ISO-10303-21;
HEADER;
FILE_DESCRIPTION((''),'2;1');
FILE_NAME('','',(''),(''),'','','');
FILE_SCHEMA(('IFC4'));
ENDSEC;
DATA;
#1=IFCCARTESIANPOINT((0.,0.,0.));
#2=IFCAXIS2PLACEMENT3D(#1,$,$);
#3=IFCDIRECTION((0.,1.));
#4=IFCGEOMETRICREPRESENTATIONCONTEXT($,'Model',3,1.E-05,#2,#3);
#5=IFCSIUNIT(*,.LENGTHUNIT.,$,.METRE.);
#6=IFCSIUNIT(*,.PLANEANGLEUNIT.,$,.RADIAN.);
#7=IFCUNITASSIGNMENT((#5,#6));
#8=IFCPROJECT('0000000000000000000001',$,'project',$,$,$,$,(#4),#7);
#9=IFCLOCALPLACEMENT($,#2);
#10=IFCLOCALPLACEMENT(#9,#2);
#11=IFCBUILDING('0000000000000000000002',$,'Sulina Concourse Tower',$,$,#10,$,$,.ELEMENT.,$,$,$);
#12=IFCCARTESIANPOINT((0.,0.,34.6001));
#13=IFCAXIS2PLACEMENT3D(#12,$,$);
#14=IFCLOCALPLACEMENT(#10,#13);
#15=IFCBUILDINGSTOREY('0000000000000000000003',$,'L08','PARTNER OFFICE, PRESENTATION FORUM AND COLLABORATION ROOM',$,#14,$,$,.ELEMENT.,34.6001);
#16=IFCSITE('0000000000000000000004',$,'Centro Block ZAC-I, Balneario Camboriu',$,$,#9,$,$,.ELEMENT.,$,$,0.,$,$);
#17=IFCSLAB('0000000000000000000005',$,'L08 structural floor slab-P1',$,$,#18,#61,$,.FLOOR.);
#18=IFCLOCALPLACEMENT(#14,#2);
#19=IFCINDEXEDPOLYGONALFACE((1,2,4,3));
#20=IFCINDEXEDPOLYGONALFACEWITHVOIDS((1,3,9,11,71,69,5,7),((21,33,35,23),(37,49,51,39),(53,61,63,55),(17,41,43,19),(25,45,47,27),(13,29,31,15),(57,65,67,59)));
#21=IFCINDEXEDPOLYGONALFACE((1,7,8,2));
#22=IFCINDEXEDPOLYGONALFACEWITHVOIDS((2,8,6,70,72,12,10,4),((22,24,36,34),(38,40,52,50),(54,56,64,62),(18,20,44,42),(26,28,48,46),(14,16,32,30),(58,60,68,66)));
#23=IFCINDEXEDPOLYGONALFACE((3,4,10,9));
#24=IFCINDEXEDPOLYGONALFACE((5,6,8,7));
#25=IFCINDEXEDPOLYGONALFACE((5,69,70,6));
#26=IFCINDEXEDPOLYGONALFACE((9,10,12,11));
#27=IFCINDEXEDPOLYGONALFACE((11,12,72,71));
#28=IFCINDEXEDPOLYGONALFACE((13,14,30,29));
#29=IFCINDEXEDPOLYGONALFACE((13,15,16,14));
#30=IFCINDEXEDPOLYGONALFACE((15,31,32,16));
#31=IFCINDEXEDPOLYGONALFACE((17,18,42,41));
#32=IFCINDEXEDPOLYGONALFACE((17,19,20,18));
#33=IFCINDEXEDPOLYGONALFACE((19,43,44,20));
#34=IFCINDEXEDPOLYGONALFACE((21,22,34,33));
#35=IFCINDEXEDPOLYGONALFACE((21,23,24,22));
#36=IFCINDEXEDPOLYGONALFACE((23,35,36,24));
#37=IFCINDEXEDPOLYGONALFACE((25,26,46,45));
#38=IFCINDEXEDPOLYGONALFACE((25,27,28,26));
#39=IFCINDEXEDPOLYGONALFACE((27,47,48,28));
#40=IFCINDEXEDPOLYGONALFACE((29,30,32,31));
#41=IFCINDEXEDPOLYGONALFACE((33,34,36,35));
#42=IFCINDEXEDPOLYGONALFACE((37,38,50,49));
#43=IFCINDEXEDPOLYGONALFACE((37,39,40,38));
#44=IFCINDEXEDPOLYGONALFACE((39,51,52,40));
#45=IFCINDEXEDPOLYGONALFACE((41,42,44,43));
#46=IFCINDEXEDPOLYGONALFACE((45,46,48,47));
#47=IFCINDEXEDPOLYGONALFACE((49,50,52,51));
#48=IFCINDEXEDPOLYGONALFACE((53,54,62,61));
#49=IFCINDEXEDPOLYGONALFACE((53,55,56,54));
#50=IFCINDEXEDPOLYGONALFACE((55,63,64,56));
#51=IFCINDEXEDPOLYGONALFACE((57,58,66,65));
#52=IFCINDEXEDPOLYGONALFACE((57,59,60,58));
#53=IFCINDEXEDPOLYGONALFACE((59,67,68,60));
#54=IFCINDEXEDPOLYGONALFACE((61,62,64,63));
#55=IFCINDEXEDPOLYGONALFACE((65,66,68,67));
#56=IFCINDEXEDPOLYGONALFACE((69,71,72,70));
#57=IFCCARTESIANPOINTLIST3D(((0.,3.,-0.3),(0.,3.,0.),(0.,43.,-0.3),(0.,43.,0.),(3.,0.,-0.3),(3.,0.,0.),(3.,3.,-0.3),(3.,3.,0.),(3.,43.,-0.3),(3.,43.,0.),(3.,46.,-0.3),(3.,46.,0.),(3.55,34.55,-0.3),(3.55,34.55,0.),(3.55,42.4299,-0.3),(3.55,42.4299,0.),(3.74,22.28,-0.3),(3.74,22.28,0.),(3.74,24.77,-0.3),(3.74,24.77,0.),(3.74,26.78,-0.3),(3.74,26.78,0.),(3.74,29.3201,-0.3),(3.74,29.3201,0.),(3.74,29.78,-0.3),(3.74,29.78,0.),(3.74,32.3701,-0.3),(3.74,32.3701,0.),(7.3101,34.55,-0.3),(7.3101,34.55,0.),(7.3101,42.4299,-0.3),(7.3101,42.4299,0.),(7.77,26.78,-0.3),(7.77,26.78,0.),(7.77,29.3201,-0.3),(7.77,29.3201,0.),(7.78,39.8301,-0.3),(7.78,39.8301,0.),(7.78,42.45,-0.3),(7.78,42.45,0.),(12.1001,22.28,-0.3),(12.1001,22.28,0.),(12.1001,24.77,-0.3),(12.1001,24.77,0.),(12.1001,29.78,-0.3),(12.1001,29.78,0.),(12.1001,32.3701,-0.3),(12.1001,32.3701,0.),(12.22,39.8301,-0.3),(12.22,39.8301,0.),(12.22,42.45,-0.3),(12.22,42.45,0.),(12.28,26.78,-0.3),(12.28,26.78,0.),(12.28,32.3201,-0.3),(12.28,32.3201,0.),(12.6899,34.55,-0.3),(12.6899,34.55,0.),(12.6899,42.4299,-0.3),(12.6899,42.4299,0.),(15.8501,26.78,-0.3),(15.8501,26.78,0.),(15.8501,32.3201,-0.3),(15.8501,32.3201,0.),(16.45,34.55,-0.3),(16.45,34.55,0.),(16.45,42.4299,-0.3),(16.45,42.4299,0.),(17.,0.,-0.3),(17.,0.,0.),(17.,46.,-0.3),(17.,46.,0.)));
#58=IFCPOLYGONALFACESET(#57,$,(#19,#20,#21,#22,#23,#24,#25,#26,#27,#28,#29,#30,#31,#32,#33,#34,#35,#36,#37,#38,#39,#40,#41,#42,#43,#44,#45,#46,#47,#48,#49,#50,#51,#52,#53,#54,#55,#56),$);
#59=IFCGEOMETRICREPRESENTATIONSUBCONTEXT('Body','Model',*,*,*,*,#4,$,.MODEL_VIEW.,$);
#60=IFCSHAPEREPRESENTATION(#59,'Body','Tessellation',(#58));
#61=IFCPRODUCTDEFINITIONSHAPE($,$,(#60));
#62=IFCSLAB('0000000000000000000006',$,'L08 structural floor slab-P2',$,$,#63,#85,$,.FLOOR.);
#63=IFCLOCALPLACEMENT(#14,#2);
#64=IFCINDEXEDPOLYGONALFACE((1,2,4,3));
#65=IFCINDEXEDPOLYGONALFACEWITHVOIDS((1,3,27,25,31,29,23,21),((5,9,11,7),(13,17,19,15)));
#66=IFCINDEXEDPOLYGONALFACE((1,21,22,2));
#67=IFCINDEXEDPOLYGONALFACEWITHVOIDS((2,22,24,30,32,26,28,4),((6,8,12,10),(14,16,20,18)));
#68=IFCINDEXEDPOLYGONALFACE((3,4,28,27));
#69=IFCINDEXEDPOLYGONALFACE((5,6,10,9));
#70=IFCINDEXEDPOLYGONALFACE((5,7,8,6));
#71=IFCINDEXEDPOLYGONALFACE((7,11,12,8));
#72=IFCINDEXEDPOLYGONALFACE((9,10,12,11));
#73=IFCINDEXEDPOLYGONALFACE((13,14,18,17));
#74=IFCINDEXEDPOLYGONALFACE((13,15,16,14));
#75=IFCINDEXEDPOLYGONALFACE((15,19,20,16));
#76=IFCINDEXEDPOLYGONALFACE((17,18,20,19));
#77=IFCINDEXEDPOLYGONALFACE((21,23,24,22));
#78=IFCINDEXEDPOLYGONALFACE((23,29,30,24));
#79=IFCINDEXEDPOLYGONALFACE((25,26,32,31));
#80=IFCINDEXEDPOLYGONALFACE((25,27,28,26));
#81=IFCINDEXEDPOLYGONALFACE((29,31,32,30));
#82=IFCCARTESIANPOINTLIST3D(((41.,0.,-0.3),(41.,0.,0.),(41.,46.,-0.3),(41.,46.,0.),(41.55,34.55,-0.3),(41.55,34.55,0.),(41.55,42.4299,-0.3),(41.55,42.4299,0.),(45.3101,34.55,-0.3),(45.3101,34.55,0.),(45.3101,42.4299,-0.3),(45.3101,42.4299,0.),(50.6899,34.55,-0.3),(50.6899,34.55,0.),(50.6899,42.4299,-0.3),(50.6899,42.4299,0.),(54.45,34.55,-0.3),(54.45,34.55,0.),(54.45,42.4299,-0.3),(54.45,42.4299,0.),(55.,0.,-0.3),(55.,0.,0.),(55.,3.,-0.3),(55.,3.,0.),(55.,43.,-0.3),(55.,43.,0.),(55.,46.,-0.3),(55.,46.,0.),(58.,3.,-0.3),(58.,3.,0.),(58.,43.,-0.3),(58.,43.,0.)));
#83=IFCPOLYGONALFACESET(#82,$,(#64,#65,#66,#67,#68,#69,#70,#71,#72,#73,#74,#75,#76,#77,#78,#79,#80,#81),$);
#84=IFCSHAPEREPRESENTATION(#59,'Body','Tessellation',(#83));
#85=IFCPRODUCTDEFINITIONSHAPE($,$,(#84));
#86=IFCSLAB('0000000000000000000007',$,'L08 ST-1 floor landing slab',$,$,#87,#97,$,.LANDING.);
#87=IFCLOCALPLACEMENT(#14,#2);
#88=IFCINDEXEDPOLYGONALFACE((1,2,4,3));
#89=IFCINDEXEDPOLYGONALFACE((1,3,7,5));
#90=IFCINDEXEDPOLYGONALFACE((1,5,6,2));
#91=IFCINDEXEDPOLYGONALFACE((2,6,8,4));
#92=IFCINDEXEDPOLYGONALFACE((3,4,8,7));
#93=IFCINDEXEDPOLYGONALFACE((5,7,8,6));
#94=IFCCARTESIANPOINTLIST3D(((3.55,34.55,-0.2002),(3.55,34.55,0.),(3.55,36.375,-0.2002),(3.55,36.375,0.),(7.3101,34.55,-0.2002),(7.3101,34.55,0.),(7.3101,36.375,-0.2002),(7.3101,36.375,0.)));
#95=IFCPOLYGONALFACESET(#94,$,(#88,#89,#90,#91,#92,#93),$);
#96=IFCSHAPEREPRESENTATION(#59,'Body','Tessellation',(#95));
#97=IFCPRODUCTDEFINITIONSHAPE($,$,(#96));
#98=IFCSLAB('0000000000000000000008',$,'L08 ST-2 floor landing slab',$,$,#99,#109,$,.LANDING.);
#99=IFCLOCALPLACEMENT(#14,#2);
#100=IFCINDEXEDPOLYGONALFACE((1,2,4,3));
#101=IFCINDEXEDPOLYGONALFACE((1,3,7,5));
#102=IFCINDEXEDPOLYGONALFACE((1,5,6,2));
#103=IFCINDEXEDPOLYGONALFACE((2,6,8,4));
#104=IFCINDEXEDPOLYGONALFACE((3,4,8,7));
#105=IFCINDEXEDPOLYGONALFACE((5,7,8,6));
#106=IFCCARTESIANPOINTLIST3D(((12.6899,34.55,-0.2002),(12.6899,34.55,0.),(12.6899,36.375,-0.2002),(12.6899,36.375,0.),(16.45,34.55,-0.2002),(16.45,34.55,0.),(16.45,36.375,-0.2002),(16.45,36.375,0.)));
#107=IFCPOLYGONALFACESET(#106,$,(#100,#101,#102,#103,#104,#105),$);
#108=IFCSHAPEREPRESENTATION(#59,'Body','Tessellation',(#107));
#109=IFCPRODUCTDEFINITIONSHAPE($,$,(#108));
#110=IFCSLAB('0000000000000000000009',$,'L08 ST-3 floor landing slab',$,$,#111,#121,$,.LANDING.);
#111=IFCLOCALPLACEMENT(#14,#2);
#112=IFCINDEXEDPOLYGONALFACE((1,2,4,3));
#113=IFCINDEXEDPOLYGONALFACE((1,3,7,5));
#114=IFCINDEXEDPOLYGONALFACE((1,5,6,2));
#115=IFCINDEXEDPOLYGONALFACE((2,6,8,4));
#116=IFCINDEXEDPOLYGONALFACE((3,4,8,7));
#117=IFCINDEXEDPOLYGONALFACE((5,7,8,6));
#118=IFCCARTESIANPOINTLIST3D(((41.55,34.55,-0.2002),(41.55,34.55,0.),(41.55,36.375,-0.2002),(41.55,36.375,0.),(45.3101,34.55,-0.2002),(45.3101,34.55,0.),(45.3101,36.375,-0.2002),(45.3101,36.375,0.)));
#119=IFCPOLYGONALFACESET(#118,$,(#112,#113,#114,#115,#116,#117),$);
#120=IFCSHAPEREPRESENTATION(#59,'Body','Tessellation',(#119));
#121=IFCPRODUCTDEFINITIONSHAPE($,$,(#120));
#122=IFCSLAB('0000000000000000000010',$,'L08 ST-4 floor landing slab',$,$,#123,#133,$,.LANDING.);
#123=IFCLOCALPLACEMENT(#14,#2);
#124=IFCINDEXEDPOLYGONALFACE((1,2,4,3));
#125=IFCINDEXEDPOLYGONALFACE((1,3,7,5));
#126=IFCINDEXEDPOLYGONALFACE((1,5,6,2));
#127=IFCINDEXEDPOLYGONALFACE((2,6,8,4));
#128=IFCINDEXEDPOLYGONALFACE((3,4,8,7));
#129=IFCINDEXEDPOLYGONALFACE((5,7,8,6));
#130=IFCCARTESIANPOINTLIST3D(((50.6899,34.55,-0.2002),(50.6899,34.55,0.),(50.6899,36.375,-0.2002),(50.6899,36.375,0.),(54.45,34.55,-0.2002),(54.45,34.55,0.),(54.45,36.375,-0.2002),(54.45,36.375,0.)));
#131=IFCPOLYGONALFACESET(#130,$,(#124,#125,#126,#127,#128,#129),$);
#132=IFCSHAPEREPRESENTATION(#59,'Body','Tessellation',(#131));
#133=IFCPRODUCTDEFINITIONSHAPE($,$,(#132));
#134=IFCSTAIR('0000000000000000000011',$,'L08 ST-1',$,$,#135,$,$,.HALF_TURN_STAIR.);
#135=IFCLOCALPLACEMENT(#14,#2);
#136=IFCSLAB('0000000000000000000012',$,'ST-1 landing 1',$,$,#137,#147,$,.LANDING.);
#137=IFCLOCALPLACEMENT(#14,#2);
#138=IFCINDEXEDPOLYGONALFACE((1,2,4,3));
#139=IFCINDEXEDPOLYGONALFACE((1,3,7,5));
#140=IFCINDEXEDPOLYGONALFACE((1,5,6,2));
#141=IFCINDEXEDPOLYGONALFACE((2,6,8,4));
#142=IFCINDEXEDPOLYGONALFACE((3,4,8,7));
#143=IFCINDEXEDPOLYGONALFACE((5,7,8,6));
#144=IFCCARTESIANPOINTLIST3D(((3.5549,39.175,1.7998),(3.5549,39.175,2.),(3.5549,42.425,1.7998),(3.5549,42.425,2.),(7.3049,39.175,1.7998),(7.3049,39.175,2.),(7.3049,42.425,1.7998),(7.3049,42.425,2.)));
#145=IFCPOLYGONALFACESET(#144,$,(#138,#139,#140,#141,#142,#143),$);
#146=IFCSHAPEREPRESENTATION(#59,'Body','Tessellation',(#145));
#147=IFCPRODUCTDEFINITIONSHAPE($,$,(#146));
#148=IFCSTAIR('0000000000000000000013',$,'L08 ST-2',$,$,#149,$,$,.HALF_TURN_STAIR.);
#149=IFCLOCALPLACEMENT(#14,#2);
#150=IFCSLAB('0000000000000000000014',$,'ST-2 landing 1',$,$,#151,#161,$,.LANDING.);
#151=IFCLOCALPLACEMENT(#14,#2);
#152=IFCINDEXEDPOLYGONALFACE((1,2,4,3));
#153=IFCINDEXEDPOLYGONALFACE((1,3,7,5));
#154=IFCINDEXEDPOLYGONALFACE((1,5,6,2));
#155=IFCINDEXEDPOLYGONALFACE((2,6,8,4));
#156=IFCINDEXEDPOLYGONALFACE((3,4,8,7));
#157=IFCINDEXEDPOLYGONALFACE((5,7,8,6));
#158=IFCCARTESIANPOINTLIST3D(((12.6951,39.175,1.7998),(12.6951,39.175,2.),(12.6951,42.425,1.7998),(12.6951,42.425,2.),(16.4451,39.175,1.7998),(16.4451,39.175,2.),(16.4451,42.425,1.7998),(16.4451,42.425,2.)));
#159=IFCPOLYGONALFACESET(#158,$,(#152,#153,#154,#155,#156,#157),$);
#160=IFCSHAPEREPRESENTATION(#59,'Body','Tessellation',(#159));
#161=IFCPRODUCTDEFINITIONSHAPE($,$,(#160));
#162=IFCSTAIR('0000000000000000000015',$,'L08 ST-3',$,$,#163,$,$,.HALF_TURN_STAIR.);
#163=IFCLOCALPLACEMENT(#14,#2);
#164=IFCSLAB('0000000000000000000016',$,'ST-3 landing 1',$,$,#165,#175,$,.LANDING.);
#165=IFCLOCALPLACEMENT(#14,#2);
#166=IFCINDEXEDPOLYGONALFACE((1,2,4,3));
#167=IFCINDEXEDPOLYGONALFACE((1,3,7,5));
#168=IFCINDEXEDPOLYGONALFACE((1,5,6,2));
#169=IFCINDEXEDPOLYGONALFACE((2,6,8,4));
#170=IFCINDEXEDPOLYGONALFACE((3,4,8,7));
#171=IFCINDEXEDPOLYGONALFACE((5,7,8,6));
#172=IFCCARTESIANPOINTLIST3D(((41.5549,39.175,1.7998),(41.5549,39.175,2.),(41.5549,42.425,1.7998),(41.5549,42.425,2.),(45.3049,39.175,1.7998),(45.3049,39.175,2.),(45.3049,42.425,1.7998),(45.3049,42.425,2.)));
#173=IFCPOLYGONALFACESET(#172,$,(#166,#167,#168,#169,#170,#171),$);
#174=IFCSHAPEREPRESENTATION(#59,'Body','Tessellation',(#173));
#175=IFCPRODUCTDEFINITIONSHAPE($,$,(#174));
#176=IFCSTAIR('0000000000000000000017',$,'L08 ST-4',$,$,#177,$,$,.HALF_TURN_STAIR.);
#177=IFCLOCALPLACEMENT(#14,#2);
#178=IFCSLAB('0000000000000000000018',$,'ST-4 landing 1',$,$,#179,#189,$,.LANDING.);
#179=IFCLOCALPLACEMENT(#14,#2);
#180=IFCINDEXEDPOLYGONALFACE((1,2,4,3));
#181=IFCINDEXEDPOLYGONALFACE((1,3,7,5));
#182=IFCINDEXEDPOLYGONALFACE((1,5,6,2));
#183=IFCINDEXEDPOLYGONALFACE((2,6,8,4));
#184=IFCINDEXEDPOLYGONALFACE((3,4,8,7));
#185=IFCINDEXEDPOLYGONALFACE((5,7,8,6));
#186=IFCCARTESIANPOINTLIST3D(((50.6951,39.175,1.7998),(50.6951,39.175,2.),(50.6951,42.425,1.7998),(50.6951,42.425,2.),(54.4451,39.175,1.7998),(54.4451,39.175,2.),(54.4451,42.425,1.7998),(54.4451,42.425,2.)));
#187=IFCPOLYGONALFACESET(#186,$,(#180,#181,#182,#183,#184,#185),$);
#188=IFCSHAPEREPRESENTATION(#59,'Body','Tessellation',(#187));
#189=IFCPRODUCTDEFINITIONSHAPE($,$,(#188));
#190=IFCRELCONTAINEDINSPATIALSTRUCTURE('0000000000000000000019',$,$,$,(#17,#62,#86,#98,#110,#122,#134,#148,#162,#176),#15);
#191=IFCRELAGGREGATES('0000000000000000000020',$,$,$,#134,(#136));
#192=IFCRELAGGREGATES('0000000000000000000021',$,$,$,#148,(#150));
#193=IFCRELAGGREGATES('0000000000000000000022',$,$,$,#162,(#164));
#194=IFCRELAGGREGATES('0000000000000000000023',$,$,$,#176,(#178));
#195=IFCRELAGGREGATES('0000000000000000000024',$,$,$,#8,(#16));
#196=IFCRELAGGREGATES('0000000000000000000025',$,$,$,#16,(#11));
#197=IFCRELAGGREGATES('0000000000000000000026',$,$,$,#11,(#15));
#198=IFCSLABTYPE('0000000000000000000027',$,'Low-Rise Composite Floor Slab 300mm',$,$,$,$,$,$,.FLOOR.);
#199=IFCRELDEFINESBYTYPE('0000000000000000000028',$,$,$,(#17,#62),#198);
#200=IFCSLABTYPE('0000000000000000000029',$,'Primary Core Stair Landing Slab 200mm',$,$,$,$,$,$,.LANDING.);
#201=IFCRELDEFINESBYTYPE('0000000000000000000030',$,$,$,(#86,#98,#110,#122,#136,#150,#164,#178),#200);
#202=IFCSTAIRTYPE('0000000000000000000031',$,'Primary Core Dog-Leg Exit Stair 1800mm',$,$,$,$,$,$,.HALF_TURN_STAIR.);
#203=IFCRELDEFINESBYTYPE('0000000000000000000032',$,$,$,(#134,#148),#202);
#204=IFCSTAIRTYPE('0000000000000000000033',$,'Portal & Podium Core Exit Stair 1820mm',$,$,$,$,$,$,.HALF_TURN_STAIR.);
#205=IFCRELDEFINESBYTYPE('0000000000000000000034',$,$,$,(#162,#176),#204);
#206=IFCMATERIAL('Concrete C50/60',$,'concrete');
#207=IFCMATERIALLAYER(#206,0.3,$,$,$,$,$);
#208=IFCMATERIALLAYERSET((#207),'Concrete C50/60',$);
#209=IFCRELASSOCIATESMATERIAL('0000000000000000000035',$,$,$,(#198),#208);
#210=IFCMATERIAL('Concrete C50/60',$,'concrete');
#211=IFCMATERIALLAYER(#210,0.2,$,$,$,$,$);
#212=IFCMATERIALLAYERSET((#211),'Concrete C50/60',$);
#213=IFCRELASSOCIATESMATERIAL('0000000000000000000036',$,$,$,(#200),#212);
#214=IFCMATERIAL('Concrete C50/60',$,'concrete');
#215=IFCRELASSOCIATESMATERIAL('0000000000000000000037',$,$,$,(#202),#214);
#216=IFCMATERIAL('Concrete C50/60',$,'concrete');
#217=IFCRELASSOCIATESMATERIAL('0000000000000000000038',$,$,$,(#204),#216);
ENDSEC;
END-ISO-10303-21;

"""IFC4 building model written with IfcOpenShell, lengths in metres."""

from ifc_helpers import new_model, si_unit, direction, frame, origin, place, context, subcontext, project, spatial, polyline, outline, extrude, material, layer, layer_set, type_object, element, aggregate, save


model = new_model("IFC4")

# Units and contexts
model_context = context("Model", 3, precision=1e-05, world=origin(), true_north=direction((0.0, 1.0)))
body_context = subcontext(model_context, "Body", "Model", "MODEL_VIEW")
ifc_project = project(units=[si_unit("LENGTHUNIT", "METRE"), si_unit("PLANEANGLEUNIT", "RADIAN")], contexts=[model_context])

# Site, building, storey
site_placement = place(None, origin())
site = spatial("IfcSite", under=ifc_project, at=site_placement, Name="Centro Block ZAC-I, Balneario Camboriu", CompositionType="ELEMENT", RefElevation=0.0)
building_placement = place(site_placement, origin())
building = spatial("IfcBuilding", under=site, at=building_placement, Name="Sulina Concourse Tower", CompositionType="ELEMENT")
storey_placement = place(building_placement, frame((0.0, 0.0, 34.6001)))
storey = spatial("IfcBuildingStorey", under=building, at=storey_placement, Name="L08", Description="PARTNER OFFICE, PRESENTATION FORUM AND COLLABORATION ROOM", CompositionType="ELEMENT", Elevation=34.6001)

# Slabs
ifc_material_1 = material(Name="Concrete C50/60", Category="concrete")
ifc_layer_1 = layer(ifc_material_1, 0.3)
ifc_layer_set_1 = layer_set([ifc_layer_1], Name="Concrete C50/60")
slab_type_1 = type_object("IfcSlabType", Name="Low-Rise Composite Floor Slab 300mm", PredefinedType="FLOOR", material=ifc_layer_set_1)
slab_1_placement = place(storey_placement, frame((0.0, 0.0, -0.3)))
element("IfcSlab", 1, at=slab_1_placement, inside=storey, type_object=slab_type_1, Name="L08 structural floor slab-P1", PredefinedType="FLOOR", context=body_context, shape_type="SweptSolid", body=[
    extrude(outline(polyline([(3.0, 0.0), (17.0, 0.0), (17.0, 46.0), (3.0, 46.0), (3.0, 43.0), (0.0, 43.0), (0.0, 3.0), (3.0, 3.0), (3.0, 0.0)]), holes=[polyline([(7.3101, 34.55), (7.3101, 42.4299), (3.55, 42.4299), (3.55, 34.55), (7.3101, 34.55)]), polyline([(16.45, 34.55), (16.45, 42.4299), (12.6899, 42.4299), (12.6899, 34.55), (16.45, 34.55)]), polyline([(7.78, 39.8301), (12.22, 39.8301), (12.22, 42.45), (7.78, 42.45), (7.78, 39.8301)]), polyline([(3.74, 26.78), (7.77, 26.78), (7.77, 29.3201), (3.74, 29.3201), (3.74, 26.78)]), polyline([(3.74, 29.78), (12.1001, 29.78), (12.1001, 32.3701), (3.74, 32.3701), (3.74, 29.78)]), polyline([(3.74, 22.28), (12.1001, 22.28), (12.1001, 24.77), (3.74, 24.77), (3.74, 22.28)]), polyline([(12.28, 26.78), (15.8501, 26.78), (15.8501, 32.3201), (12.28, 32.3201), (12.28, 26.78)])]), origin(), (0.0, 0.0, 1.0), 0.3),
])
slab_2_placement = place(storey_placement, frame((0.0, 0.0, -0.3)))
element("IfcSlab", 2, at=slab_2_placement, inside=storey, type_object=slab_type_1, Name="L08 structural floor slab-P2", PredefinedType="FLOOR", context=body_context, shape_type="SweptSolid", body=[
    extrude(outline(polyline([(41.0, 0.0), (55.0, 0.0), (55.0, 3.0), (58.0, 3.0), (58.0, 43.0), (55.0, 43.0), (55.0, 46.0), (41.0, 46.0), (41.0, 0.0)]), holes=[polyline([(45.3101, 34.55), (45.3101, 42.4299), (41.55, 42.4299), (41.55, 34.55), (45.3101, 34.55)]), polyline([(54.45, 34.55), (54.45, 42.4299), (50.6899, 42.4299), (50.6899, 34.55), (54.45, 34.55)])]), origin(), (0.0, 0.0, 1.0), 0.3),
])
ifc_material_2 = material(Name="Concrete C50/60", Category="concrete")
ifc_layer_2 = layer(ifc_material_2, 0.2)
ifc_layer_set_2 = layer_set([ifc_layer_2], Name="Concrete C50/60")
slab_type_2 = type_object("IfcSlabType", Name="Primary Core Stair Landing Slab 200mm", PredefinedType="LANDING", material=ifc_layer_set_2)
slab_3_placement = place(storey_placement, frame((0.0, 0.0, -0.2002)))
element("IfcSlab", 3, at=slab_3_placement, inside=storey, type_object=slab_type_2, Name="L08 ST-1 floor landing slab", PredefinedType="LANDING", context=body_context, shape_type="SweptSolid", body=[
    extrude(outline(polyline([(7.3101, 34.55), (7.3101, 36.375), (3.55, 36.375), (3.55, 34.55), (7.3101, 34.55)])), origin(), (0.0, 0.0, 1.0), 0.2002),
])
slab_4_placement = place(storey_placement, frame((0.0, 0.0, -0.2002)))
element("IfcSlab", 4, at=slab_4_placement, inside=storey, type_object=slab_type_2, Name="L08 ST-2 floor landing slab", PredefinedType="LANDING", context=body_context, shape_type="SweptSolid", body=[
    extrude(outline(polyline([(16.45, 34.55), (16.45, 36.375), (12.6899, 36.375), (12.6899, 34.55), (16.45, 34.55)])), origin(), (0.0, 0.0, 1.0), 0.2002),
])
slab_5_placement = place(storey_placement, frame((0.0, 0.0, -0.2002)))
element("IfcSlab", 5, at=slab_5_placement, inside=storey, type_object=slab_type_2, Name="L08 ST-3 floor landing slab", PredefinedType="LANDING", context=body_context, shape_type="SweptSolid", body=[
    extrude(outline(polyline([(45.3101, 34.55), (45.3101, 36.375), (41.55, 36.375), (41.55, 34.55), (45.3101, 34.55)])), origin(), (0.0, 0.0, 1.0), 0.2002),
])
slab_6_placement = place(storey_placement, frame((0.0, 0.0, -0.2002)))
element("IfcSlab", 6, at=slab_6_placement, inside=storey, type_object=slab_type_2, Name="L08 ST-4 floor landing slab", PredefinedType="LANDING", context=body_context, shape_type="SweptSolid", body=[
    extrude(outline(polyline([(54.45, 34.55), (54.45, 36.375), (50.6899, 36.375), (50.6899, 34.55), (54.45, 34.55)])), origin(), (0.0, 0.0, 1.0), 0.2002),
])

# Stairs, slabs
ifc_material_3 = material(Name="Concrete C50/60", Category="concrete")
stair_type_1 = type_object("IfcStairType", Name="Primary Core Dog-Leg Exit Stair 1800mm", PredefinedType="HALF_TURN_STAIR", material=ifc_material_3)
stair_1_placement = place(storey_placement, origin())
stair_1 = element("IfcStair", 7, at=stair_1_placement, inside=storey, type_object=stair_type_1, Name="L08 ST-1", PredefinedType="HALF_TURN_STAIR")
slab_7_placement = place(storey_placement, frame((0.0, 0.0, 1.7998)))
slab_7 = element("IfcSlab", 8, at=slab_7_placement, type_object=slab_type_2, Name="ST-1 landing 1", PredefinedType="LANDING", context=body_context, shape_type="SweptSolid", body=[
    extrude(outline(polyline([(7.3049, 39.175), (7.3049, 42.425), (3.5549, 42.425), (3.5549, 39.175), (7.3049, 39.175)])), origin(), (0.0, 0.0, 1.0), 0.2002),
])
aggregate(stair_1, [slab_7])
stair_2_placement = place(storey_placement, origin())
stair_2 = element("IfcStair", 9, at=stair_2_placement, inside=storey, type_object=stair_type_1, Name="L08 ST-2", PredefinedType="HALF_TURN_STAIR")
slab_8_placement = place(storey_placement, frame((0.0, 0.0, 1.7998)))
slab_8 = element("IfcSlab", 10, at=slab_8_placement, type_object=slab_type_2, Name="ST-2 landing 1", PredefinedType="LANDING", context=body_context, shape_type="SweptSolid", body=[
    extrude(outline(polyline([(16.4451, 39.175), (16.4451, 42.425), (12.6951, 42.425), (12.6951, 39.175), (16.4451, 39.175)])), origin(), (0.0, 0.0, 1.0), 0.2002),
])
aggregate(stair_2, [slab_8])
ifc_material_4 = material(Name="Concrete C50/60", Category="concrete")
stair_type_2 = type_object("IfcStairType", Name="Portal & Podium Core Exit Stair 1820mm", PredefinedType="HALF_TURN_STAIR", material=ifc_material_4)
stair_3_placement = place(storey_placement, origin())
stair_3 = element("IfcStair", 11, at=stair_3_placement, inside=storey, type_object=stair_type_2, Name="L08 ST-3", PredefinedType="HALF_TURN_STAIR")
slab_9_placement = place(storey_placement, frame((0.0, 0.0, 1.7998)))
slab_9 = element("IfcSlab", 12, at=slab_9_placement, type_object=slab_type_2, Name="ST-3 landing 1", PredefinedType="LANDING", context=body_context, shape_type="SweptSolid", body=[
    extrude(outline(polyline([(45.3049, 39.175), (45.3049, 42.425), (41.5549, 42.425), (41.5549, 39.175), (45.3049, 39.175)])), origin(), (0.0, 0.0, 1.0), 0.2002),
])
aggregate(stair_3, [slab_9])
stair_4_placement = place(storey_placement, origin())
stair_4 = element("IfcStair", 13, at=stair_4_placement, inside=storey, type_object=stair_type_2, Name="L08 ST-4", PredefinedType="HALF_TURN_STAIR")
slab_10_placement = place(storey_placement, frame((0.0, 0.0, 1.7998)))
slab_10 = element("IfcSlab", 14, at=slab_10_placement, type_object=slab_type_2, Name="ST-4 landing 1", PredefinedType="LANDING", context=body_context, shape_type="SweptSolid", body=[
    extrude(outline(polyline([(54.4451, 39.175), (54.4451, 42.425), (50.6951, 42.425), (50.6951, 39.175), (54.4451, 39.175)])), origin(), (0.0, 0.0, 1.0), 0.2002),
])
aggregate(stair_4, [slab_10])

save(model, "model.ifc")
